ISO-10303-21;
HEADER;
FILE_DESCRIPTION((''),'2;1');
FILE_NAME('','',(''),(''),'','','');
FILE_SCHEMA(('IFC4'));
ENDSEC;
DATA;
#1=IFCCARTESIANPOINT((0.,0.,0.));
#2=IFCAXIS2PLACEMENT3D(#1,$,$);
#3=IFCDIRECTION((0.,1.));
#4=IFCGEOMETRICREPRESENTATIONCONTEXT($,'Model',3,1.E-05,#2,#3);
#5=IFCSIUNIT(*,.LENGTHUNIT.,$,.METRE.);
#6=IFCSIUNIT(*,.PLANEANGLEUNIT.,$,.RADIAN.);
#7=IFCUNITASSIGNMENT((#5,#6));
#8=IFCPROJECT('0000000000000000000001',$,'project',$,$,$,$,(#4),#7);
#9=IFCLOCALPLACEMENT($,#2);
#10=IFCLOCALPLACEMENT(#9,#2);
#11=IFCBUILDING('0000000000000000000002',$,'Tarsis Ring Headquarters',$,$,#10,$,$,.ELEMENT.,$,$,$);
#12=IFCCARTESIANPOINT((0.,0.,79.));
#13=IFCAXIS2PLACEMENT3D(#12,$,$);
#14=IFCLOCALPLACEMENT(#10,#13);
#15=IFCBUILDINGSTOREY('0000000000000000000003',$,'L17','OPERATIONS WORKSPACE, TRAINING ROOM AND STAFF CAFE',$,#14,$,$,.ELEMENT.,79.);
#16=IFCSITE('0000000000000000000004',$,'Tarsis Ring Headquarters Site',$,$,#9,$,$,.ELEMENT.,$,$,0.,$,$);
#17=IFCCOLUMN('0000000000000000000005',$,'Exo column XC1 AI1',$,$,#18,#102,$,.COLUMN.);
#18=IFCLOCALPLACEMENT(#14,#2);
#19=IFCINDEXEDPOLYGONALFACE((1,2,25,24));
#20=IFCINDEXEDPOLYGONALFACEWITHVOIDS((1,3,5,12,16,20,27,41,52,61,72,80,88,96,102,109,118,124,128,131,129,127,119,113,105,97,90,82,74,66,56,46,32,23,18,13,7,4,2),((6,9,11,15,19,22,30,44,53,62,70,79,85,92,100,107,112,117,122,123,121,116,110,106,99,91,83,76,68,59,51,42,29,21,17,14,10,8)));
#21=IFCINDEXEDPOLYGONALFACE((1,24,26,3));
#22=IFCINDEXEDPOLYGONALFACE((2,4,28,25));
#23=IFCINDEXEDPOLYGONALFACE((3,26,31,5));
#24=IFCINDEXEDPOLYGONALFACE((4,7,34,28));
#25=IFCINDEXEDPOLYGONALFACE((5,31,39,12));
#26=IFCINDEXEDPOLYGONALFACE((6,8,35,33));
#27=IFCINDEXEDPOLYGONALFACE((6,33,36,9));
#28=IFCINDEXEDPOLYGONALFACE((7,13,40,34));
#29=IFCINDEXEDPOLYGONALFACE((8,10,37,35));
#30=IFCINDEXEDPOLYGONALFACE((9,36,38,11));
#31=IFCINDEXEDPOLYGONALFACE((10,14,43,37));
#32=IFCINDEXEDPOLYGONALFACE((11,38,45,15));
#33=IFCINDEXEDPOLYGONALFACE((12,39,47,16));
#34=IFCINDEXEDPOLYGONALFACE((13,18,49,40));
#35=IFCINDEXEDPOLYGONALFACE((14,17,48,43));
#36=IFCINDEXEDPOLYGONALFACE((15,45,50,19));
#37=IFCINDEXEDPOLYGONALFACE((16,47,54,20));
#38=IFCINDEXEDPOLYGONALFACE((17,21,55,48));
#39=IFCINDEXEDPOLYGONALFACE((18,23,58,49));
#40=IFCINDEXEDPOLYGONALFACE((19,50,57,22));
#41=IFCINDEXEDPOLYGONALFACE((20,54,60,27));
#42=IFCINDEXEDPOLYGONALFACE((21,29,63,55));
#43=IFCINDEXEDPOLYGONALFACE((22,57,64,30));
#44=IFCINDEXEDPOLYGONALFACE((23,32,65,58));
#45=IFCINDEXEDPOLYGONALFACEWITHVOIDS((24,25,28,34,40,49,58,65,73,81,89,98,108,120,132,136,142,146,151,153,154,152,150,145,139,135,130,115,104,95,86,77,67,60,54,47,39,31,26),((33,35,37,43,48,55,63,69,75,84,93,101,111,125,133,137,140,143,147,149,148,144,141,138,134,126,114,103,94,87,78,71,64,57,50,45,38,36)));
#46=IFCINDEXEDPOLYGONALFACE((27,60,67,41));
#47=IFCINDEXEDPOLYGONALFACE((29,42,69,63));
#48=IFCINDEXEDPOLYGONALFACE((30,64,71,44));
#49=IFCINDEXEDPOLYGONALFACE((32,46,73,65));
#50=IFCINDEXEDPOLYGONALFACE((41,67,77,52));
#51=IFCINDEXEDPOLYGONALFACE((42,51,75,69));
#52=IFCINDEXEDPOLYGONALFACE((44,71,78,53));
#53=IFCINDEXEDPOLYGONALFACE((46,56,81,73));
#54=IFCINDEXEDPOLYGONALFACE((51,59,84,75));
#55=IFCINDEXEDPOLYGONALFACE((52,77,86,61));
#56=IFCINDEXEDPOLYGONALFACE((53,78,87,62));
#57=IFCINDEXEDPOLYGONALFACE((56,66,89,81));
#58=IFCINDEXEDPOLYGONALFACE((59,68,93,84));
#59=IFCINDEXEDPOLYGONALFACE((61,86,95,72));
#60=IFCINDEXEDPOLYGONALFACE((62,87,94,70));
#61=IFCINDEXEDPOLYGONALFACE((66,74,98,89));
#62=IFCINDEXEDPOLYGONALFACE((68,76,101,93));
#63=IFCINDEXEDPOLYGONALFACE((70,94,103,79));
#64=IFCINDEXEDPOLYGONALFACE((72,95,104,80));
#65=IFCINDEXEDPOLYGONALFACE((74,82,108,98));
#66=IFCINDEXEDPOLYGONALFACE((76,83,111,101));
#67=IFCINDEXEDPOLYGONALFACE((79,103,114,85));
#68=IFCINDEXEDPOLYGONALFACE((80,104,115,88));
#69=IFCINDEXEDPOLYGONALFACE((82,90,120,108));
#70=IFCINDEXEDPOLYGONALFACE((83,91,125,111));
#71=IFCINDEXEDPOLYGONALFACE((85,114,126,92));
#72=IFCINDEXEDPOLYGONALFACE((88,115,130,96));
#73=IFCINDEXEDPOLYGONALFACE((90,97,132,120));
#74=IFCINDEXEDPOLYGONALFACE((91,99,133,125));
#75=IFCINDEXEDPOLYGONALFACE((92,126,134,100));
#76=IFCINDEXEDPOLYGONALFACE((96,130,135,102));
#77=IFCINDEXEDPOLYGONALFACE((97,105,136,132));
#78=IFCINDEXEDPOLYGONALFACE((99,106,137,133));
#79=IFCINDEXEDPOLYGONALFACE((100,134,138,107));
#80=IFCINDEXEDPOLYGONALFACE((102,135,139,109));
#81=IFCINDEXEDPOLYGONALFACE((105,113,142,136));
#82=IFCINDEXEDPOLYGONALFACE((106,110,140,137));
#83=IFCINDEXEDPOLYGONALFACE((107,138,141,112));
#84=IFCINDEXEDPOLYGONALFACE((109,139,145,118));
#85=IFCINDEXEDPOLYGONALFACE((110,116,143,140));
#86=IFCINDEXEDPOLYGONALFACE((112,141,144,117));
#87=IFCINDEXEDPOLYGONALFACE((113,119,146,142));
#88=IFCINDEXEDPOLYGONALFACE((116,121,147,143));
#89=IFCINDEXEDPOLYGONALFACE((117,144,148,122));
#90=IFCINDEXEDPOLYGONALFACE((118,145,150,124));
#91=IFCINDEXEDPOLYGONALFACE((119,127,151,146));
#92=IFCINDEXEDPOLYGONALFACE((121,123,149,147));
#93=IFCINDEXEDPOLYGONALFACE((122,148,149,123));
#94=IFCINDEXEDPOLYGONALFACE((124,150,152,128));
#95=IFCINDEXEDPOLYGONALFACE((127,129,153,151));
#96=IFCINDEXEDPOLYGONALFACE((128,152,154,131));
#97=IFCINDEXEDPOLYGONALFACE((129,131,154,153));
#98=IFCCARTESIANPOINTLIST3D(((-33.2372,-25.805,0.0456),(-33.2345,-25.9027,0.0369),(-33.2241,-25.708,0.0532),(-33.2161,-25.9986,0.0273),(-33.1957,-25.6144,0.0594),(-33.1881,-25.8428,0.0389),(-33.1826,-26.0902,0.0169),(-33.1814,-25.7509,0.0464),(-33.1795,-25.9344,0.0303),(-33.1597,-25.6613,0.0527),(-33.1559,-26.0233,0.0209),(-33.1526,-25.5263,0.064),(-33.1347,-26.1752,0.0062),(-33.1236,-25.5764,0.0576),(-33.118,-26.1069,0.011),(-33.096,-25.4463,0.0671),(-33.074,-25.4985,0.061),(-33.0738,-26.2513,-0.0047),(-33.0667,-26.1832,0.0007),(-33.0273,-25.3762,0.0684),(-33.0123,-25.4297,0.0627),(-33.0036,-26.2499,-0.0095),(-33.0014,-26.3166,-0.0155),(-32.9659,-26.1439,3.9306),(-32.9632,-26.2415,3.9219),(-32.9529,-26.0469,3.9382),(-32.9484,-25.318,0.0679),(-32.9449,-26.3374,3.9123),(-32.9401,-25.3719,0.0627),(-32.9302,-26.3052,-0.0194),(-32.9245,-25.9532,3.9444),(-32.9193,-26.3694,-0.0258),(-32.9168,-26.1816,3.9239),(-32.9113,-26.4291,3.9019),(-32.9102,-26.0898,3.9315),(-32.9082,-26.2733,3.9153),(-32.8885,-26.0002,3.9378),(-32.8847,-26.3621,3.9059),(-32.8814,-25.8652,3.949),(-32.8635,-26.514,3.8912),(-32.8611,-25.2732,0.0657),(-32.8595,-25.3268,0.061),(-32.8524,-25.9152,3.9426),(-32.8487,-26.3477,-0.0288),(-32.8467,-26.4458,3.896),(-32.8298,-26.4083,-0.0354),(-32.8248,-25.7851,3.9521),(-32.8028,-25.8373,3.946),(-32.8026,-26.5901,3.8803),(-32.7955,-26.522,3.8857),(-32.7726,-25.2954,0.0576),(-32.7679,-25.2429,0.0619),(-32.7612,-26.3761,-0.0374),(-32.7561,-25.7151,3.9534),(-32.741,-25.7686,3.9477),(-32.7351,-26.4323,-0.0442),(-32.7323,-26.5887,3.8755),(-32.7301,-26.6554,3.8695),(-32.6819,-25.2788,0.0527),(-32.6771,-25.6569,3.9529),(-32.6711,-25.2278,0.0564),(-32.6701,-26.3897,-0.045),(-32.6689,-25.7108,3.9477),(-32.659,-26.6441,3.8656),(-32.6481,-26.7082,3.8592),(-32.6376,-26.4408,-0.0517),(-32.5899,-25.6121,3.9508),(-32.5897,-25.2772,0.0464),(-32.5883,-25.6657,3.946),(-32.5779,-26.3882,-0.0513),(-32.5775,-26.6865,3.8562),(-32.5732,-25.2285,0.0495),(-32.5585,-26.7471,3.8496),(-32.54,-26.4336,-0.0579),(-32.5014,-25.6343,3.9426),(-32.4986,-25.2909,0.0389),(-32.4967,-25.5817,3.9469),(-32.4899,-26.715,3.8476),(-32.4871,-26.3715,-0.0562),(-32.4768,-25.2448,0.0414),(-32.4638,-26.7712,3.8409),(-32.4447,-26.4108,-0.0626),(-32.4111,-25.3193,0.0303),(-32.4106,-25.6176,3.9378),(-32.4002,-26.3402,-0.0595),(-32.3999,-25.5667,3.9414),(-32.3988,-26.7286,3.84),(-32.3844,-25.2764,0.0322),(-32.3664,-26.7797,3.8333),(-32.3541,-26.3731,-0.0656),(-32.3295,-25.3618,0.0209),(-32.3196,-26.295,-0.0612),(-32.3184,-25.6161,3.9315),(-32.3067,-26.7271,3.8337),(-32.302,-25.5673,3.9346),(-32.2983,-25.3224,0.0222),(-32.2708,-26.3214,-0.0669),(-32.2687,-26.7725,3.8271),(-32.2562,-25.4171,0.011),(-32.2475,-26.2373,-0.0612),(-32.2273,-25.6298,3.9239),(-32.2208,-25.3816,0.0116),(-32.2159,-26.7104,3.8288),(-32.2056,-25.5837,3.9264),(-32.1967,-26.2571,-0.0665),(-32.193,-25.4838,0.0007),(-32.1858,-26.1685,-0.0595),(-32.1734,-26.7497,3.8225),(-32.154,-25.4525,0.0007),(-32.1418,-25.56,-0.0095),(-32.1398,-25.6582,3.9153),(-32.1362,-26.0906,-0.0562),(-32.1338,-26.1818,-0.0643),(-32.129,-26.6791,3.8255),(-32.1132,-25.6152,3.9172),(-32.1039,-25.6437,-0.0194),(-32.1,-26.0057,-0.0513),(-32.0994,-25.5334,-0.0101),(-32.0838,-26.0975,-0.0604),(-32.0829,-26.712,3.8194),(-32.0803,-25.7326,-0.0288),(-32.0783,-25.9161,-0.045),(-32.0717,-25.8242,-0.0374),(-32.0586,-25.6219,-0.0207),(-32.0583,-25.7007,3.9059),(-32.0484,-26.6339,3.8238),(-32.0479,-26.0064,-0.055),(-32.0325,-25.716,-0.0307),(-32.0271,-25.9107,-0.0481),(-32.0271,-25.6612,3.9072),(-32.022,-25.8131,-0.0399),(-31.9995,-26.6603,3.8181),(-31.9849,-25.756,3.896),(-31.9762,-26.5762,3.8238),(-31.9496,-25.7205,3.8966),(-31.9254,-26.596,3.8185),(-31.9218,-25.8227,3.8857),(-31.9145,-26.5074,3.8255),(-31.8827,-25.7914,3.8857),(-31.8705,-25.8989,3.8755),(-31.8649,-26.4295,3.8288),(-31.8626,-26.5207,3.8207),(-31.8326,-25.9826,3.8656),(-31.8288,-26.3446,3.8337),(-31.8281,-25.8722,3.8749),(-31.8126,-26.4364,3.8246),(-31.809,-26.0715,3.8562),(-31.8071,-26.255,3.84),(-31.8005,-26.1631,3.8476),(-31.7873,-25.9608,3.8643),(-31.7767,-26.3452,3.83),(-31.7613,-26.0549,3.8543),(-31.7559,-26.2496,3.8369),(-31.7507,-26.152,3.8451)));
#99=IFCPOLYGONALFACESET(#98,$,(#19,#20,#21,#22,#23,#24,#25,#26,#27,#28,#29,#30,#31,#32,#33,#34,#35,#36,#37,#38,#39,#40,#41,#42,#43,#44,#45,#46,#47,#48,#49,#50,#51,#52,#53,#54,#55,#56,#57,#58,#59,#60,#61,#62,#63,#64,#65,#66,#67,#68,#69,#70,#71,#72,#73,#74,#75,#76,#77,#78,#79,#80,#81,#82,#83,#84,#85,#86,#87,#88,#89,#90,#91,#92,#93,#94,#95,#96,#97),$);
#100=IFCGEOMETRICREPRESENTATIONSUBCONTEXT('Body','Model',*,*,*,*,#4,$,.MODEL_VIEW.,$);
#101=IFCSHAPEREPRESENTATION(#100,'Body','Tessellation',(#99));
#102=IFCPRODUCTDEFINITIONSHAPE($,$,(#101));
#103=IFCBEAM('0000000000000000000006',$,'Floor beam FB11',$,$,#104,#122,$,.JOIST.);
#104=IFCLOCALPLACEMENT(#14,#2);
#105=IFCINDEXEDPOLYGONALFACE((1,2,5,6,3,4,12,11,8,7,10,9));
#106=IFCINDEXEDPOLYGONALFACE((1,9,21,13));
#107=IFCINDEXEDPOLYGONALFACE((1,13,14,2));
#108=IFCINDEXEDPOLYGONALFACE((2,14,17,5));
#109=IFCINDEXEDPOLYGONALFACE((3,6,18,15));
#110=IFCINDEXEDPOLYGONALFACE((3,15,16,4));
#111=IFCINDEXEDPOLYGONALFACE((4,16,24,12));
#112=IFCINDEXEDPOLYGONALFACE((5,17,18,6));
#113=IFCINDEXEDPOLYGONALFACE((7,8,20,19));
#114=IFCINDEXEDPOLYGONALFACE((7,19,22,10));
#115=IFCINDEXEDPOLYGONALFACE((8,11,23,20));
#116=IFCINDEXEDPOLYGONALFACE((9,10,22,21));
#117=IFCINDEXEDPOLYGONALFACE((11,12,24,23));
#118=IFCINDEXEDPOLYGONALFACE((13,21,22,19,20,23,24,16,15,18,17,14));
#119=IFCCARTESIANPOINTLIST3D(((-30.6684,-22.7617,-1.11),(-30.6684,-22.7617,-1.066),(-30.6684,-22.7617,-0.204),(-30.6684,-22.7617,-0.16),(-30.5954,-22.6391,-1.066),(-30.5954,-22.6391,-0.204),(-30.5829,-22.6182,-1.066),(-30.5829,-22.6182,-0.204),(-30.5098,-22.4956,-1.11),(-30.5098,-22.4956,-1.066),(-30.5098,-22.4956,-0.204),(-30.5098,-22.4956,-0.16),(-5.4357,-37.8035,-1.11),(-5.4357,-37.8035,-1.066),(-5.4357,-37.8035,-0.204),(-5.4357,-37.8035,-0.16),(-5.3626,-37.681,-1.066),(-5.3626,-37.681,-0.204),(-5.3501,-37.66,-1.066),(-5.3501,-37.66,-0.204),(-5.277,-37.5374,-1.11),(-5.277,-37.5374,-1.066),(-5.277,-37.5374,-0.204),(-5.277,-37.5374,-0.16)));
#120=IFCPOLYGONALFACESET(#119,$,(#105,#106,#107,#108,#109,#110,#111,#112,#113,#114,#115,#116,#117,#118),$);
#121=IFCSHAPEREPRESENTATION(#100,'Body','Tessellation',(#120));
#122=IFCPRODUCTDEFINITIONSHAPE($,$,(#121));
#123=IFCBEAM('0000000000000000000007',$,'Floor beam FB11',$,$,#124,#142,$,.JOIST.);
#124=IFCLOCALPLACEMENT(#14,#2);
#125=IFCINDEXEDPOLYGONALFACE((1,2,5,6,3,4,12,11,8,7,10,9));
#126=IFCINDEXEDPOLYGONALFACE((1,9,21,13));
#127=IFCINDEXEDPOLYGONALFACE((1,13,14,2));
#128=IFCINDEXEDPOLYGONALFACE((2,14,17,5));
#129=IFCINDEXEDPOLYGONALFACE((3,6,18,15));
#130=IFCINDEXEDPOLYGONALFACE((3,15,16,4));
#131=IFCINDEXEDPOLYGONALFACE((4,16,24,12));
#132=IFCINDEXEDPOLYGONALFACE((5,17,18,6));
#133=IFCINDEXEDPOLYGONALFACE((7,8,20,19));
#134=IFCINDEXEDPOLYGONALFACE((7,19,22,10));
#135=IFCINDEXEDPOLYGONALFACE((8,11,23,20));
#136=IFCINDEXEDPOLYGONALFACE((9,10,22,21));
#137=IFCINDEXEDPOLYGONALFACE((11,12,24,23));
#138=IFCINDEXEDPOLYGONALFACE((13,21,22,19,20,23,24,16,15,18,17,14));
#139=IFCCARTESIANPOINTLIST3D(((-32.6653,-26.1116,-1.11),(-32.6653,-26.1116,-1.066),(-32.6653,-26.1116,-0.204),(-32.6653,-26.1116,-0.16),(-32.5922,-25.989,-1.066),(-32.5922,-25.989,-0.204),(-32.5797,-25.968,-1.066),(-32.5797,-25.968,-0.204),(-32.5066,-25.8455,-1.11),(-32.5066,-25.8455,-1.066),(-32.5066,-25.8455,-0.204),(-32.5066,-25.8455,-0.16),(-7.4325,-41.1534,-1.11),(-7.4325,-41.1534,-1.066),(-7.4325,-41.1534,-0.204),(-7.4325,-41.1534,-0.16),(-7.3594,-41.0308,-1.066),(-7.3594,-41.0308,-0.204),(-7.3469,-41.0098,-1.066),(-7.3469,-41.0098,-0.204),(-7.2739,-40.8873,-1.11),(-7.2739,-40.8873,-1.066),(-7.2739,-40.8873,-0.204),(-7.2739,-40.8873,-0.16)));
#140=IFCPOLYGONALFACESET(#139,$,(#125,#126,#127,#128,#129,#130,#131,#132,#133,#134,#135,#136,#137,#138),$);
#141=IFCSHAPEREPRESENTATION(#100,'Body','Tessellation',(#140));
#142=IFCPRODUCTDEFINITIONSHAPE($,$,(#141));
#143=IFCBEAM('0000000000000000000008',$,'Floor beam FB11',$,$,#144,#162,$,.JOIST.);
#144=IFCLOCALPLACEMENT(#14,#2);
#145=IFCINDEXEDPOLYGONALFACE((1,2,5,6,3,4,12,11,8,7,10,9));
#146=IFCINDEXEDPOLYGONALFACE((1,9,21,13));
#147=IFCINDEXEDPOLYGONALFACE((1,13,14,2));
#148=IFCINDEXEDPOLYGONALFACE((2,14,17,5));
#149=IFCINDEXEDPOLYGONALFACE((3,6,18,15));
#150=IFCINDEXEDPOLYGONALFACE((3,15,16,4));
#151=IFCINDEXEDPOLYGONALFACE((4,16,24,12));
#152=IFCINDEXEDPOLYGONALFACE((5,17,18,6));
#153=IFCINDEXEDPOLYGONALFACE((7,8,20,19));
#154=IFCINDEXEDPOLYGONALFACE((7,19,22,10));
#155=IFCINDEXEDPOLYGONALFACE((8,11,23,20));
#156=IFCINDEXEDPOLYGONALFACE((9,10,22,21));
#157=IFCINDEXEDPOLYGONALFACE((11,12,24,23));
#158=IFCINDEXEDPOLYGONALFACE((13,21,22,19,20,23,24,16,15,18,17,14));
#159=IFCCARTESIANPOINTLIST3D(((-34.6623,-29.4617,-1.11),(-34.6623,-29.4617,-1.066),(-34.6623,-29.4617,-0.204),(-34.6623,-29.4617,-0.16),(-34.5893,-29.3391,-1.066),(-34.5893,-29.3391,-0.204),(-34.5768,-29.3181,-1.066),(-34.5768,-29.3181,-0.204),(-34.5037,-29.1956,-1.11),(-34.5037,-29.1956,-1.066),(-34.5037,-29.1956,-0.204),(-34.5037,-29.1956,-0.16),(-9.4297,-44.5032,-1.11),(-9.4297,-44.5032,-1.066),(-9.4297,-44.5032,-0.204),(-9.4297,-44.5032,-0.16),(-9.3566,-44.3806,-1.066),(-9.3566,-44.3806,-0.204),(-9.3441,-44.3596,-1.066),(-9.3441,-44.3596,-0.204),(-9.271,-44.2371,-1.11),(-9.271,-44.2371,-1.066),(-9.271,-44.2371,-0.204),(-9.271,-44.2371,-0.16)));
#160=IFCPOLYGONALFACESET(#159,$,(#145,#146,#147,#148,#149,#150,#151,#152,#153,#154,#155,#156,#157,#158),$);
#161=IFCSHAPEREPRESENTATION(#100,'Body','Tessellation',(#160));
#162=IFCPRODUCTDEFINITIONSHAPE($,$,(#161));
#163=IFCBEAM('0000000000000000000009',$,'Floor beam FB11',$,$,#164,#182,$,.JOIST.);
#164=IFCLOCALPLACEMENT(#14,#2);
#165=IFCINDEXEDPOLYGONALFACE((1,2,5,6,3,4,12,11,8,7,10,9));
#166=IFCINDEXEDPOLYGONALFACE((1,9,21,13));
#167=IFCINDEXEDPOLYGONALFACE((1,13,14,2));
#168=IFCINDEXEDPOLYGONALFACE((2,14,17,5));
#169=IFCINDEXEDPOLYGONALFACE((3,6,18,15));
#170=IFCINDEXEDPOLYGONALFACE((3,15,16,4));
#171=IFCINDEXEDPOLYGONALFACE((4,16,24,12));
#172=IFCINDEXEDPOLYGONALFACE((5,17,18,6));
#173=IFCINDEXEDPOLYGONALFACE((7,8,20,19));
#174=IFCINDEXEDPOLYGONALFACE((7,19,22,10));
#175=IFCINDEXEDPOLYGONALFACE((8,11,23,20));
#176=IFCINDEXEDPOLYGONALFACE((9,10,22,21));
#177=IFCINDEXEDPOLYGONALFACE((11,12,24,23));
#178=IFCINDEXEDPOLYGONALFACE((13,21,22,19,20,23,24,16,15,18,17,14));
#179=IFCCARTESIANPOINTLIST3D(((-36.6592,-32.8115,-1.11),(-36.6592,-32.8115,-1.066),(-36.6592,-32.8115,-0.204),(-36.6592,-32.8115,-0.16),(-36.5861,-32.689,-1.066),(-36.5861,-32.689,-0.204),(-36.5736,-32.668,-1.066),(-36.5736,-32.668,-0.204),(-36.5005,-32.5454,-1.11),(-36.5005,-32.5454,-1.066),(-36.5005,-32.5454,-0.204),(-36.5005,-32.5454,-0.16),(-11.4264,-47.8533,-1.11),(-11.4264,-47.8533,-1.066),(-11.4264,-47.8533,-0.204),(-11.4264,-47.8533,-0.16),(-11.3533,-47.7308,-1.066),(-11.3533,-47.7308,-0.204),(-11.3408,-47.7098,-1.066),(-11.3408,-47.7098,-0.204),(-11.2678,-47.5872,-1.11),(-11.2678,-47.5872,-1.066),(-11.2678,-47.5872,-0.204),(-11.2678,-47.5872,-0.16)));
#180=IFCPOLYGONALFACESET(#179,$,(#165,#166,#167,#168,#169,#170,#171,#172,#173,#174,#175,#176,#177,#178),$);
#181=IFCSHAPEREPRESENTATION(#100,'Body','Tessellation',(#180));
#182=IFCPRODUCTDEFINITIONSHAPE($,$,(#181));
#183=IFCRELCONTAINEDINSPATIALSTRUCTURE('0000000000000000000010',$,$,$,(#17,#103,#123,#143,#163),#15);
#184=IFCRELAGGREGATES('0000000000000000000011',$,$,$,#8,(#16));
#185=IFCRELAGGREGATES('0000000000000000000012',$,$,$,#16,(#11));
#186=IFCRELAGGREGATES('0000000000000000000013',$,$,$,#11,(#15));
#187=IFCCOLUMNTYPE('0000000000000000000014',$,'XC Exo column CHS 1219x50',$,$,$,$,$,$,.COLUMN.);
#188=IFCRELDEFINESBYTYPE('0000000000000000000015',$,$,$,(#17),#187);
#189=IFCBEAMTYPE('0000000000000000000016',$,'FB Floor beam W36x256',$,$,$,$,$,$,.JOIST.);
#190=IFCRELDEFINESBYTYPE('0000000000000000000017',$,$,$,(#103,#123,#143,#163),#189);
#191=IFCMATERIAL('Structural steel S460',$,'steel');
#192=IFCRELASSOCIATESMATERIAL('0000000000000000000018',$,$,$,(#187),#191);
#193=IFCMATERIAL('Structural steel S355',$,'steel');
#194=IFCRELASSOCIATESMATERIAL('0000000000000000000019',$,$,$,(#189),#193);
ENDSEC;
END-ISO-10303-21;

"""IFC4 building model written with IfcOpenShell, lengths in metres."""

from ifc_helpers import new_model, si_unit, direction, frame, origin, origin_2d, place, context, subcontext, project, spatial, hollow_circle, i_section, extrude, material, material_profile, profile_set, type_object, element, save


model = new_model("IFC4")

# Units and contexts
model_context = context("Model", 3, precision=1e-05, world=origin(), true_north=direction((0.0, 1.0)))
body_context = subcontext(model_context, "Body", "Model", "MODEL_VIEW")
ifc_project = project(units=[si_unit("LENGTHUNIT", "METRE"), si_unit("PLANEANGLEUNIT", "RADIAN")], contexts=[model_context])

# Site, building, storey
site_placement = place(None, origin())
site = spatial("IfcSite", under=ifc_project, at=site_placement, Name="Tarsis Ring Headquarters Site", CompositionType="ELEMENT", RefElevation=0.0)
building_placement = place(site_placement, origin())
building = spatial("IfcBuilding", under=site, at=building_placement, Name="Tarsis Ring Headquarters", CompositionType="ELEMENT")
storey_placement = place(building_placement, frame((0.0, 0.0, 79.0)))
storey = spatial("IfcBuildingStorey", under=building, at=storey_placement, Name="L17", Description="OPERATIONS WORKSPACE, TRAINING ROOM AND STAFF CAFE", CompositionType="ELEMENT", Elevation=79.0)

# Column
ifc_material_1 = material(Name="Structural steel S460", Category="steel")
ifc_material_profile_1 = material_profile(ifc_material_1, hollow_circle(Radius=0.6096, WallThickness=0.05, at=origin_2d()), Name="CHS 1219x50")
ifc_profile_set_1 = profile_set([ifc_material_profile_1], Name="Structural steel S460")
column_type = type_object("IfcColumnType", Name="XC Exo column CHS 1219x50", PredefinedType="COLUMN", material=ifc_profile_set_1)
column_placement = place(storey_placement, frame((-32.6299, -25.8335, 0.0007), z_axis=(0.069385, -0.086685, 0.993817), x_axis=(0.780704, 0.624901, 0.0)))
element("IfcColumn", 1, at=column_placement, inside=storey, type_object=column_type, Name="Exo column XC1 AI1", PredefinedType="COLUMN", context=body_context, shape_type="SweptSolid", body=[
    extrude(hollow_circle(Radius=0.6096, WallThickness=0.05, at=origin_2d()), origin(), (0.0, 0.0, 1.0), 3.9092),
])

# Beams
ifc_material_2 = material(Name="Structural steel S355", Category="steel")
ifc_material_profile_2 = material_profile(ifc_material_2, i_section(OverallWidth=0.3098, OverallDepth=0.95, WebThickness=0.0244, FlangeThickness=0.0439, at=origin_2d()), Name="W36x256")
ifc_profile_set_2 = profile_set([ifc_material_profile_2], Name="Structural steel S355")
beam_type_1 = type_object("IfcBeamType", Name="FB Floor beam W36x256", PredefinedType="JOIST", material=ifc_profile_set_2)
for number, where, z_axis, x_axis, name in (
    (2, (-30.5891, -22.6287, -0.635), (0.858959, -0.512044, 0.0), (0.512044, 0.858959, 0.0), "Floor beam FB11"),
    (3, (-32.5859, -25.9785, -0.635), (0.858959, -0.512044, 0.0), (0.512044, 0.858959, 0.0), "Floor beam FB11"),
):
    element("IfcBeam", number, at=place(storey_placement, frame(where, z_axis=z_axis, x_axis=x_axis)), inside=storey, type_object=beam_type_1, Name=name, PredefinedType="JOIST", context=body_context, shape_type="SweptSolid", body=[
        extrude(i_section(OverallWidth=0.3098, OverallDepth=0.95, WebThickness=0.0244, FlangeThickness=0.0439, at=origin_2d()), origin(), (0.0, 0.0, 1.0), 29.376),
    ])
beam_1_placement = place(storey_placement, frame((-34.583, -29.3286, -0.635), z_axis=(0.858963, -0.512038, 0.0), x_axis=(0.512038, 0.858963, 0.0)))
element("IfcBeam", 4, at=beam_1_placement, inside=storey, type_object=beam_type_1, Name="Floor beam FB11", PredefinedType="JOIST", context=body_context, shape_type="SweptSolid", body=[
    extrude(i_section(OverallWidth=0.3098, OverallDepth=0.95, WebThickness=0.0244, FlangeThickness=0.0439, at=origin_2d()), origin(), (0.0, 0.0, 1.0), 29.3757),
])
beam_2_placement = place(storey_placement, frame((-36.5798, -32.6785, -0.635), z_axis=(0.858959, -0.512044, 0.0), x_axis=(0.512044, 0.858959, 0.0)))
element("IfcBeam", 5, at=beam_2_placement, inside=storey, type_object=beam_type_1, Name="Floor beam FB11", PredefinedType="JOIST", context=body_context, shape_type="SweptSolid", body=[
    extrude(i_section(OverallWidth=0.3098, OverallDepth=0.95, WebThickness=0.0244, FlangeThickness=0.0439, at=origin_2d()), origin(), (0.0, 0.0, 1.0), 29.376),
])

save(model, "model.ifc")
